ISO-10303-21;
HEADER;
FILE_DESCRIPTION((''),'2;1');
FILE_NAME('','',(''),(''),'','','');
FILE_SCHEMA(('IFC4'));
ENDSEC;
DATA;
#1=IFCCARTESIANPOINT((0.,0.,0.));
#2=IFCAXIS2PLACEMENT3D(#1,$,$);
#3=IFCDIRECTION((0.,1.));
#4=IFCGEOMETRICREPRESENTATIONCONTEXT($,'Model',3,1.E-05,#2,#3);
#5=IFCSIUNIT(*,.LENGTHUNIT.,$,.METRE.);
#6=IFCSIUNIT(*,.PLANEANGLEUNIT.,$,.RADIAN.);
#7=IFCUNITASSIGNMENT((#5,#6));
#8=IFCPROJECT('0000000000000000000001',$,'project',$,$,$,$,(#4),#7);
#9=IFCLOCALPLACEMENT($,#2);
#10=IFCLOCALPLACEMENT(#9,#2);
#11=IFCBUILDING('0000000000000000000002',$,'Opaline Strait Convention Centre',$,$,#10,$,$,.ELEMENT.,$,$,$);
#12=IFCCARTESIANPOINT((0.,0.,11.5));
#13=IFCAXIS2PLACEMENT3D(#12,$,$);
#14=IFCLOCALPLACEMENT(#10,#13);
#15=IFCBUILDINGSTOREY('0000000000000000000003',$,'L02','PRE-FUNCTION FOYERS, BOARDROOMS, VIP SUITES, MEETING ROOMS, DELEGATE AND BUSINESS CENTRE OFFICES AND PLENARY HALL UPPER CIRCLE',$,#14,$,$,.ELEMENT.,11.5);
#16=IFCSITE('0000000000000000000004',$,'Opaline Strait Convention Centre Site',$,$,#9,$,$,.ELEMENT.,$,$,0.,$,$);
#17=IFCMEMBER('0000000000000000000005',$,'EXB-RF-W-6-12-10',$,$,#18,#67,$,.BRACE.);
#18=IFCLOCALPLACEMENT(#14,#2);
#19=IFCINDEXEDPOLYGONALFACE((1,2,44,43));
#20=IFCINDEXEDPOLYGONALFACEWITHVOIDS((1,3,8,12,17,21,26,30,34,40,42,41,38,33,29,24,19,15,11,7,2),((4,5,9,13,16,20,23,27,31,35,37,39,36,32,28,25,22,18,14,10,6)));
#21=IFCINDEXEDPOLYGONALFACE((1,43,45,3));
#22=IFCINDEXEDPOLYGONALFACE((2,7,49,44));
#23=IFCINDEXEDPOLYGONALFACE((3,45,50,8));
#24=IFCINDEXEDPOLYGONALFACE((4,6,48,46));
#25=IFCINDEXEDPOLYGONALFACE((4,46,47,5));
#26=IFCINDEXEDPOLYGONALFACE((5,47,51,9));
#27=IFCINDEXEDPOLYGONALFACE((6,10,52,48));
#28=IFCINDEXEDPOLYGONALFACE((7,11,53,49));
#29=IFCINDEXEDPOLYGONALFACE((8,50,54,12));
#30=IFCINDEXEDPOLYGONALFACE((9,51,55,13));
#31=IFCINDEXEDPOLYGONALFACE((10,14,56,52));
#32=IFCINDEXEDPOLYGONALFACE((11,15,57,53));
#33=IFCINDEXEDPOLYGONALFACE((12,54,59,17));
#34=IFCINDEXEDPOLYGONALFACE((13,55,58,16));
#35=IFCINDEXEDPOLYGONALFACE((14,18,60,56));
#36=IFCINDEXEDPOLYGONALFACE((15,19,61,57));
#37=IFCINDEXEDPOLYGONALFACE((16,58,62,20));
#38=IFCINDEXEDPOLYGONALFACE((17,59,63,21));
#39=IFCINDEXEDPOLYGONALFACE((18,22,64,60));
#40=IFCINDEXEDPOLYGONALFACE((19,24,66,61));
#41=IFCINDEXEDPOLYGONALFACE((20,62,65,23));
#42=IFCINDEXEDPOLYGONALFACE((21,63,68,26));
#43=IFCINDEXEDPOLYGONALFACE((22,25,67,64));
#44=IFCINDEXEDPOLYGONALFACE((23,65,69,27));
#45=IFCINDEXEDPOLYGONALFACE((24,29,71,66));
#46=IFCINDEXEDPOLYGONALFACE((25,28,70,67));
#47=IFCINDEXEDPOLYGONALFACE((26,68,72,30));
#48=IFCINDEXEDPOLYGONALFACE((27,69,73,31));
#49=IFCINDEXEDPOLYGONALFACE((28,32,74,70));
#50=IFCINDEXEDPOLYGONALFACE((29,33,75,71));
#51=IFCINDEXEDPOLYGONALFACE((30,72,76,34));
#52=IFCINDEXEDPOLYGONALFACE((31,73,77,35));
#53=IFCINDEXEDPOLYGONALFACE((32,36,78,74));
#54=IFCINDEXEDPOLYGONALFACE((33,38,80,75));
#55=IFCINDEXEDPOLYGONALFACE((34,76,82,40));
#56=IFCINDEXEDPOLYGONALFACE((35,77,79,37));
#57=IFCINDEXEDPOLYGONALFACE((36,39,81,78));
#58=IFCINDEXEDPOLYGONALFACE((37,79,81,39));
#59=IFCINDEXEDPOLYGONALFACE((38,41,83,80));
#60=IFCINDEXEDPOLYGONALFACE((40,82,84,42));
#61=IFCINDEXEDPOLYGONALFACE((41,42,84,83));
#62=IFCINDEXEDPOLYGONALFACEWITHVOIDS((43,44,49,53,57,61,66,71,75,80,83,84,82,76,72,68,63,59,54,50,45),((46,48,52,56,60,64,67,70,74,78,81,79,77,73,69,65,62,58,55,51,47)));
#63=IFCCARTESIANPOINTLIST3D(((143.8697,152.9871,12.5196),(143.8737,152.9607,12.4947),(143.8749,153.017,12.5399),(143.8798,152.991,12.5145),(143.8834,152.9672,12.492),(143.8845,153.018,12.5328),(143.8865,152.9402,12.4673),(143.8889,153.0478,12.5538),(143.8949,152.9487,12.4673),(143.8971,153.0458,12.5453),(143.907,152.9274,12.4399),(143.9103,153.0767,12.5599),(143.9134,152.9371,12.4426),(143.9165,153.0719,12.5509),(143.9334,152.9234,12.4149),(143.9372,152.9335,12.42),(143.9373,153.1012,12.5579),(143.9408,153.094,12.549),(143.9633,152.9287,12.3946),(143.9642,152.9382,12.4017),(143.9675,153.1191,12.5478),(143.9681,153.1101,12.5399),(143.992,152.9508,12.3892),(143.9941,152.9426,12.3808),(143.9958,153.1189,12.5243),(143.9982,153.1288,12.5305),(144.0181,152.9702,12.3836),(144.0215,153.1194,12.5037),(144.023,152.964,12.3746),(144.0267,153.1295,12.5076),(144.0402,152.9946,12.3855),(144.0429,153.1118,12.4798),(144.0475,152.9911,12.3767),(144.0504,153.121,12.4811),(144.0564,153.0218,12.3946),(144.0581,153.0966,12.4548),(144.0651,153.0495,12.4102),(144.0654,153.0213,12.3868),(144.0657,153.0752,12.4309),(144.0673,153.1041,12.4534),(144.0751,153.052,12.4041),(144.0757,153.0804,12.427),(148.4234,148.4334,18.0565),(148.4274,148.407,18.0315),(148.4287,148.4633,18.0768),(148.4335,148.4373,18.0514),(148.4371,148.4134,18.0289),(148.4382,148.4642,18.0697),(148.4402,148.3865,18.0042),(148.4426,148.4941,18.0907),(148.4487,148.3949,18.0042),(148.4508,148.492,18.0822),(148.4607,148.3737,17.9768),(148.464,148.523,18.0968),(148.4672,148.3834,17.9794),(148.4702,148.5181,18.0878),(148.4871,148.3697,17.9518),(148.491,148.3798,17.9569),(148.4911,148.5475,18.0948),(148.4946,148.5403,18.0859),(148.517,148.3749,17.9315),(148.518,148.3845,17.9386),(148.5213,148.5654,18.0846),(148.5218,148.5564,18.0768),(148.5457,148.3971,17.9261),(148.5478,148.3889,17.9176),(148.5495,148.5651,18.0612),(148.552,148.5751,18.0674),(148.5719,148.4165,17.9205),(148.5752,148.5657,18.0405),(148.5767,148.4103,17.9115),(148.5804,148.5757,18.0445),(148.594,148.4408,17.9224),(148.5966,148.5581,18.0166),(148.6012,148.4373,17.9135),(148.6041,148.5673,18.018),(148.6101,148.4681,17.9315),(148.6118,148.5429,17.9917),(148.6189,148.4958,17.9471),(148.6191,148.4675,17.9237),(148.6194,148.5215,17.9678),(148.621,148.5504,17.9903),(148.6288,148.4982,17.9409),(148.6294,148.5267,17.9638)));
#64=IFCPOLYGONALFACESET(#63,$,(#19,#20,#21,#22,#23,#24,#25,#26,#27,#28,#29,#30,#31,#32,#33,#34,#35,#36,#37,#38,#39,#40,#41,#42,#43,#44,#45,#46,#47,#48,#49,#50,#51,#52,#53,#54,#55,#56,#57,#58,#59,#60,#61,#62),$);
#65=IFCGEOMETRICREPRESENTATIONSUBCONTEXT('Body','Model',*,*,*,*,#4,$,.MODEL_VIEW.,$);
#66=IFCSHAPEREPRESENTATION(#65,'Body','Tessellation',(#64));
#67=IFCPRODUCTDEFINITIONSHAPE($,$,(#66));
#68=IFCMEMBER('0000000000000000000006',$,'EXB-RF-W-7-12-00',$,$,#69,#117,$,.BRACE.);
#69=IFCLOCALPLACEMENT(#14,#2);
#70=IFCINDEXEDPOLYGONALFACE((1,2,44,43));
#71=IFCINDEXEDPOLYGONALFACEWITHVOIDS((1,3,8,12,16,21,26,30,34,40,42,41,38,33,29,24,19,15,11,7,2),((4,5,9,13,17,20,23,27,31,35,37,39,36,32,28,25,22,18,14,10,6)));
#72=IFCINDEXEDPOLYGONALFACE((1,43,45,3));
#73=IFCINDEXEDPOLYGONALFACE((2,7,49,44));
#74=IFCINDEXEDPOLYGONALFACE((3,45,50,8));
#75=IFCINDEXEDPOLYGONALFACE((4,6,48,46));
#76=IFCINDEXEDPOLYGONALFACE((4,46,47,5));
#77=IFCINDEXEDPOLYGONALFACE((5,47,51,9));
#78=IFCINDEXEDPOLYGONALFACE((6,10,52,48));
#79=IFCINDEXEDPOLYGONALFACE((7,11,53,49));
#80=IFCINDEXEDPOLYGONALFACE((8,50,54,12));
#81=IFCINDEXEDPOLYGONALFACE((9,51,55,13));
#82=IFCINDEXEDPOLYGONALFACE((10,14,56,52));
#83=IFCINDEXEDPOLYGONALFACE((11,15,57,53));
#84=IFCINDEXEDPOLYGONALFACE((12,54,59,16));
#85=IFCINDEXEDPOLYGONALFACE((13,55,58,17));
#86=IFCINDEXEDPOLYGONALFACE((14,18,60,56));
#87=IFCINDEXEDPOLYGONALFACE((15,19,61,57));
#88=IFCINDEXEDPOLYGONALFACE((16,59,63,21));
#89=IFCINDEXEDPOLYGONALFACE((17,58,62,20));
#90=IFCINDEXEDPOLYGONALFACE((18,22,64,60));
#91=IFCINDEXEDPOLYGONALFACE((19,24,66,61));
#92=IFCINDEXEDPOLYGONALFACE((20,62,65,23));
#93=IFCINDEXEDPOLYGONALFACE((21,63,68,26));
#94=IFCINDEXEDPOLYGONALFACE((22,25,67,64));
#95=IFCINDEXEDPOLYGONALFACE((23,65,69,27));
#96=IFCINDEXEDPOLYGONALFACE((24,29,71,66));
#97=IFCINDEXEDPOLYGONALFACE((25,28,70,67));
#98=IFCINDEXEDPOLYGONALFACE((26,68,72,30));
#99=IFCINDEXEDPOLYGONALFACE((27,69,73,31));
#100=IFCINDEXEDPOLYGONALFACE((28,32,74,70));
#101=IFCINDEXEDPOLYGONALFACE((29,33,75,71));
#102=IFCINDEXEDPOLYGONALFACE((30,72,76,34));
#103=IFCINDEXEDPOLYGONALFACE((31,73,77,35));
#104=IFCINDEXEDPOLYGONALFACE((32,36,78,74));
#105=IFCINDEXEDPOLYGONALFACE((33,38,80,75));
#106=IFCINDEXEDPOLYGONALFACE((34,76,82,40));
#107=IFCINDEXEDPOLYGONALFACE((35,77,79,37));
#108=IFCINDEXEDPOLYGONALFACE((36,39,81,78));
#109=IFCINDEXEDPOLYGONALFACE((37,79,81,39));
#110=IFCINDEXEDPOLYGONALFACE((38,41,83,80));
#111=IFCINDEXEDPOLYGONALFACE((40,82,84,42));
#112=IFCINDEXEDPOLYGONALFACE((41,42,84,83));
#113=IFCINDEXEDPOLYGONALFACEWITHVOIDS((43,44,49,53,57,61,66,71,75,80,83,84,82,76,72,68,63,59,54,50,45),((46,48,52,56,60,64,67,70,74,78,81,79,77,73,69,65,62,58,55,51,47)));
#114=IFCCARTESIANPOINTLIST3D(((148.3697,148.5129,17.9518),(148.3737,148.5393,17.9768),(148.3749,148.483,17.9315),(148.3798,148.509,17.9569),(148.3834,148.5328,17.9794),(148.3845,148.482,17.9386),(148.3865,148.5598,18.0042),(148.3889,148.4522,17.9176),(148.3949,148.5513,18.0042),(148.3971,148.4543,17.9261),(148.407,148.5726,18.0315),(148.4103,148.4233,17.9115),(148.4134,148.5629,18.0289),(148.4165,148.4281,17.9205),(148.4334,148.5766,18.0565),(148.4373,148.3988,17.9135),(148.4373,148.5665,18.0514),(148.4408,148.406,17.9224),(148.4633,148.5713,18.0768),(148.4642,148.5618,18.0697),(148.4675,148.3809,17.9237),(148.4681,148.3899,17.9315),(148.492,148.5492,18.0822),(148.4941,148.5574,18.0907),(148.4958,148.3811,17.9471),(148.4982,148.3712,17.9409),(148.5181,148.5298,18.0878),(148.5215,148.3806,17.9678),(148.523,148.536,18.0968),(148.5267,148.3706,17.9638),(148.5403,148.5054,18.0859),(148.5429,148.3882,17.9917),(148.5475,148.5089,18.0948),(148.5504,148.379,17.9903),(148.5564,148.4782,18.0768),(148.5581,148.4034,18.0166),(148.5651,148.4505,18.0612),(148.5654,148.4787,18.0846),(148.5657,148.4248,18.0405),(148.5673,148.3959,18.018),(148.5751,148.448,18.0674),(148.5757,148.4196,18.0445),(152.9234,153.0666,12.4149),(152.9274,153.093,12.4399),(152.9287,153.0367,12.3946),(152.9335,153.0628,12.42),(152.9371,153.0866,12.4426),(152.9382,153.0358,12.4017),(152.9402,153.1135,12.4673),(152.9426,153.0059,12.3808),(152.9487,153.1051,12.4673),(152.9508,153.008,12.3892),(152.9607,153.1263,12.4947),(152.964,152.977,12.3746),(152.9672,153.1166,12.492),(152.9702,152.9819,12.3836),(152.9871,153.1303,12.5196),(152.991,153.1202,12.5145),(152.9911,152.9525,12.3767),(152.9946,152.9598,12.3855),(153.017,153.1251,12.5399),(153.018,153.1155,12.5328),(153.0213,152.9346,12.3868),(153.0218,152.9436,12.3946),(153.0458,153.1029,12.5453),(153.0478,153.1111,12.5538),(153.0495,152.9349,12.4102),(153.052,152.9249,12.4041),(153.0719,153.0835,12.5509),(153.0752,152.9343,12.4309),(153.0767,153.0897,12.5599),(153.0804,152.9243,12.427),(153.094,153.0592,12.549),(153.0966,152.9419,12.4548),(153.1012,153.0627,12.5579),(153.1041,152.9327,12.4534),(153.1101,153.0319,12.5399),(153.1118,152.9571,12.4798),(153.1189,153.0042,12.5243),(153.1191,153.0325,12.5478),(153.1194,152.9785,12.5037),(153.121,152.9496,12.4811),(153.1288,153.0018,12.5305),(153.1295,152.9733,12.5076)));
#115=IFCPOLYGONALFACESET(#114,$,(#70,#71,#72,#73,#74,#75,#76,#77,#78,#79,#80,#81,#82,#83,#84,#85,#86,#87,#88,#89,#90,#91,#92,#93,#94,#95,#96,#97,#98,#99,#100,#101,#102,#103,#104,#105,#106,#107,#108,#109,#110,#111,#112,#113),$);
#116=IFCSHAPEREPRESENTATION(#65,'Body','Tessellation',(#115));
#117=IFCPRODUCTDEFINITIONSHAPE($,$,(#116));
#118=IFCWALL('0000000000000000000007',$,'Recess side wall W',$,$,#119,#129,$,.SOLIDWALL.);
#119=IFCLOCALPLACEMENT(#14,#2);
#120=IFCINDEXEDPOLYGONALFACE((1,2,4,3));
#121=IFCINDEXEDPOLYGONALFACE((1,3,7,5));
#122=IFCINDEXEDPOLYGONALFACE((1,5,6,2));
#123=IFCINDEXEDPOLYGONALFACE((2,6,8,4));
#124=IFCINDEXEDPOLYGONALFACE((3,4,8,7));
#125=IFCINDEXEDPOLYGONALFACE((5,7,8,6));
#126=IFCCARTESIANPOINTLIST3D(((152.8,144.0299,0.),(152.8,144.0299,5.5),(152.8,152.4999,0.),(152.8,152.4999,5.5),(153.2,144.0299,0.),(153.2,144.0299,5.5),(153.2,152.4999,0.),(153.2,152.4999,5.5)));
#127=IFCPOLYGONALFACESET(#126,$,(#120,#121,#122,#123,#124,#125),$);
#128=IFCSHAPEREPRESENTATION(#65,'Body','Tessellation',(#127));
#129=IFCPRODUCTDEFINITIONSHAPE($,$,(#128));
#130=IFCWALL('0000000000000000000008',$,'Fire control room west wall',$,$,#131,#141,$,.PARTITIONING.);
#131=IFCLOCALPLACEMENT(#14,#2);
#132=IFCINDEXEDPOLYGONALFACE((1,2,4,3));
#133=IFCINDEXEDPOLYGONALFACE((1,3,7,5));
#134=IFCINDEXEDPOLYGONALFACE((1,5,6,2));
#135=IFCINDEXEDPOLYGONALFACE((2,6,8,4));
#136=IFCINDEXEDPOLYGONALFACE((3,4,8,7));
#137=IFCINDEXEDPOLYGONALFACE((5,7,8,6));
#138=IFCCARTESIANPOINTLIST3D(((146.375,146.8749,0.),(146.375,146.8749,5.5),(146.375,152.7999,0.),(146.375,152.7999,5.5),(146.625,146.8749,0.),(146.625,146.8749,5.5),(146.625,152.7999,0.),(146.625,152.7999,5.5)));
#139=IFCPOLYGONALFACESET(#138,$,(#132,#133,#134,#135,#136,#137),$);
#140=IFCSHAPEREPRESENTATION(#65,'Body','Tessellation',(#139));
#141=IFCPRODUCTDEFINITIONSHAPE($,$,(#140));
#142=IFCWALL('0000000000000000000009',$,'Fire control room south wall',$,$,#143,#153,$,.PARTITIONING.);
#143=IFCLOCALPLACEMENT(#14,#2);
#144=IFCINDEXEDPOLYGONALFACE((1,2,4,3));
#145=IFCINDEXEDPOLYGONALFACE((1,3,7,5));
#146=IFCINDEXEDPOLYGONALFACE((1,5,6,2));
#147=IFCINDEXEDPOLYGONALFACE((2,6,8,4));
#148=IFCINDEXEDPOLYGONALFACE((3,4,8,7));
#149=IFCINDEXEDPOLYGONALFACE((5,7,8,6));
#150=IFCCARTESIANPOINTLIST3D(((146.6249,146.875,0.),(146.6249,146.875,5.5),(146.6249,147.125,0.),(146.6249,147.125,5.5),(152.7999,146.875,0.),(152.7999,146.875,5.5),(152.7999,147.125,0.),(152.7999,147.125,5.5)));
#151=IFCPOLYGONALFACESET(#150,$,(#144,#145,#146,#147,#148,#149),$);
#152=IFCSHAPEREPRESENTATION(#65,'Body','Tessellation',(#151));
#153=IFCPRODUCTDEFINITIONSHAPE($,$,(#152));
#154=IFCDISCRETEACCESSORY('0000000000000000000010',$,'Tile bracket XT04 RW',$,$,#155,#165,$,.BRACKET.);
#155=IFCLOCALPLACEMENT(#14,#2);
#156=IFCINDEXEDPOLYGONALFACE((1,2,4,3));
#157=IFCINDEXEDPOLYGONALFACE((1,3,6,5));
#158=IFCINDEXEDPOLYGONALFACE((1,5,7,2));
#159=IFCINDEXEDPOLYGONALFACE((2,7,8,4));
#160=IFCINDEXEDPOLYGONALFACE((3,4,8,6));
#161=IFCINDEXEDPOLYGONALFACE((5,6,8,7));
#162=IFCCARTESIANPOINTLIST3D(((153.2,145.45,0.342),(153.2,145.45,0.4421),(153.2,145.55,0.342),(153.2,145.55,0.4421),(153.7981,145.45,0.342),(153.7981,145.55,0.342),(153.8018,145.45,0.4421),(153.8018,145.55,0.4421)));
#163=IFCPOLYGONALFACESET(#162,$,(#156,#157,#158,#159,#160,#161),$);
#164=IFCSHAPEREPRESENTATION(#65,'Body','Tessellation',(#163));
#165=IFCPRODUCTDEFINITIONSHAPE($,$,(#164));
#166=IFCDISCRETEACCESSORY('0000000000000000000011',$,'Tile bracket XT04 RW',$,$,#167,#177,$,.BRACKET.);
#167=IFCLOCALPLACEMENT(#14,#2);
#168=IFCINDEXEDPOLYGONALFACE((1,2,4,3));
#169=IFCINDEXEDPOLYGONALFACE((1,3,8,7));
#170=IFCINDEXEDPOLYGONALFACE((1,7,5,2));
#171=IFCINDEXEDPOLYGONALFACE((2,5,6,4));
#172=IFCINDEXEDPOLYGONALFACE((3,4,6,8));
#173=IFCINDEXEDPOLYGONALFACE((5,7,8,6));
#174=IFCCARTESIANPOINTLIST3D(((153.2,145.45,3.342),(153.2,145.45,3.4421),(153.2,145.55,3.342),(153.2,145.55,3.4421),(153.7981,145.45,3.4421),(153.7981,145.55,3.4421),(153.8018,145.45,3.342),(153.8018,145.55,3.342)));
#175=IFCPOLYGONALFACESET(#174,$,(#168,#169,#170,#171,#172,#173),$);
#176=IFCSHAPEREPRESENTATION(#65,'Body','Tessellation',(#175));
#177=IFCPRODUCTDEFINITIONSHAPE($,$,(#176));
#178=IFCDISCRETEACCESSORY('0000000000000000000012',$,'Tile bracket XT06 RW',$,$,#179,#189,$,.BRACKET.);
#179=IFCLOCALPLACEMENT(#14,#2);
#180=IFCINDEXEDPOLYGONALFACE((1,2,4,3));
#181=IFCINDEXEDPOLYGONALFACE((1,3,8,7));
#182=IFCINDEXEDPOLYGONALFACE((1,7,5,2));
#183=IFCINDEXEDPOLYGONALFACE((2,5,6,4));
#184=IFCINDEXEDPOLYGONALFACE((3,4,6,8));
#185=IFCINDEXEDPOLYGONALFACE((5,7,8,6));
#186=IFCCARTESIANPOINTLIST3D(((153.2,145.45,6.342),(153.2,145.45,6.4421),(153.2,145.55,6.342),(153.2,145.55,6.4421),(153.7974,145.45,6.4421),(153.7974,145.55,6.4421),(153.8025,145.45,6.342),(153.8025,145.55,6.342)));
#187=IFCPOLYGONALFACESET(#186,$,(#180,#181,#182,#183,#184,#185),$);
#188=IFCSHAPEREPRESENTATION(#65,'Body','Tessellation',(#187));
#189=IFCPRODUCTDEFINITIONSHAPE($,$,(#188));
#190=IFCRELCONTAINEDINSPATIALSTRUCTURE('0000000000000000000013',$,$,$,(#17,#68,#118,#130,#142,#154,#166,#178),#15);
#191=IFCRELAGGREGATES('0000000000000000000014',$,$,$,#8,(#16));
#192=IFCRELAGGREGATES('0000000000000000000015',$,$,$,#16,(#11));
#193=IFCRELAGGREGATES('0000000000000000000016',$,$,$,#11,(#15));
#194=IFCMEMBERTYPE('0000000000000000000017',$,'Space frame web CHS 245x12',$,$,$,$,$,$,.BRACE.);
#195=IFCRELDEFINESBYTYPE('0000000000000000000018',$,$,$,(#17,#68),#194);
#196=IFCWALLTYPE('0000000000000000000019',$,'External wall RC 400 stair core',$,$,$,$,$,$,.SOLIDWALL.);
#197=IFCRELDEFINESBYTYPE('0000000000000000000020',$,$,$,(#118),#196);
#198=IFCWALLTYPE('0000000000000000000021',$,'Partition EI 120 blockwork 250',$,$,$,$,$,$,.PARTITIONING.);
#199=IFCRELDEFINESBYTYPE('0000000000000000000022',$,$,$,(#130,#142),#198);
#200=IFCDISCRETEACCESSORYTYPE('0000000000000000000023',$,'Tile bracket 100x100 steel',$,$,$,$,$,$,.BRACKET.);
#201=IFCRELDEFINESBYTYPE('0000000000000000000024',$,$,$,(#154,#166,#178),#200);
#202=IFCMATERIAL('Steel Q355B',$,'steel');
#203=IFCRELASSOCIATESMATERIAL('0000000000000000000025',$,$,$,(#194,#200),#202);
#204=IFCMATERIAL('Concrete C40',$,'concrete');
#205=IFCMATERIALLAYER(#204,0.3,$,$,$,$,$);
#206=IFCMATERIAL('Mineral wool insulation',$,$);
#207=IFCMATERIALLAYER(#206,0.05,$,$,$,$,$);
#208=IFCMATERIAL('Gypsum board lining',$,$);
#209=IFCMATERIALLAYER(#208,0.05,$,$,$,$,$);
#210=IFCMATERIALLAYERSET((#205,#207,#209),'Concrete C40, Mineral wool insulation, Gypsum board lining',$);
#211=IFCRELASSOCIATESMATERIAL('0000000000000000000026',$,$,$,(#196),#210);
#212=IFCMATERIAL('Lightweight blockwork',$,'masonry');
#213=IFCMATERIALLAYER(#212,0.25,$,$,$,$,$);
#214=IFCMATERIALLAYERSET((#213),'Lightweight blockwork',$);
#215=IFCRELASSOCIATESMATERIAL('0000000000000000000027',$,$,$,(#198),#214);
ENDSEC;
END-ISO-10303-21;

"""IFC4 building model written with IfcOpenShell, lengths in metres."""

from ifc_helpers import new_model, si_unit, direction, frame, frame_2d, origin, origin_2d, place, context, subcontext, project, spatial, polyline, rectangle, hollow_circle, outline, extrude, material, layer, layer_set, material_profile, profile_set, type_object, element, save


model = new_model("IFC4")

# Units and contexts
model_context = context("Model", 3, precision=1e-05, world=origin(), true_north=direction((0.0, 1.0)))
body_context = subcontext(model_context, "Body", "Model", "MODEL_VIEW")
ifc_project = project(units=[si_unit("LENGTHUNIT", "METRE"), si_unit("PLANEANGLEUNIT", "RADIAN")], contexts=[model_context])

# Site, building, storey
site_placement = place(None, origin())
site = spatial("IfcSite", under=ifc_project, at=site_placement, Name="Opaline Strait Convention Centre Site", CompositionType="ELEMENT", RefElevation=0.0)
building_placement = place(site_placement, origin())
building = spatial("IfcBuilding", under=site, at=building_placement, Name="Opaline Strait Convention Centre", CompositionType="ELEMENT")
storey_placement = place(building_placement, frame((0.0, 0.0, 11.5)))
storey = spatial("IfcBuildingStorey", under=building, at=storey_placement, Name="L02", Description="PRE-FUNCTION FOYERS, BOARDROOMS, VIP SUITES, MEETING ROOMS, DELEGATE AND BUSINESS CENTRE OFFICES AND PLENARY HALL UPPER CIRCLE", CompositionType="ELEMENT", Elevation=11.5)

# Members
ifc_material_1 = material(Name="Steel Q355B", Category="steel")
ifc_material_profile_1 = material_profile(ifc_material_1, hollow_circle(Radius=0.1226, WallThickness=0.012, at=origin_2d()), Name="CHS 245x12")
ifc_profile_set_1 = profile_set([ifc_material_profile_1], Name="Steel Q355B")
member_type_1 = type_object("IfcMemberType", Name="Space frame web CHS 245x12", PredefinedType="BRACE", material=ifc_profile_set_1)
for number, where, z_axis, x_axis, name in (
    (1, (148.5269, 148.4731, 18.0042), (-0.536178, 0.536178, -0.65194), (-0.707107, -0.707107, 0.0), "EXB-RF-W-6-12-10"),
    (2, (148.4731, 148.4731, 18.0042), (0.536178, 0.536178, -0.65194), (-0.707107, 0.707107, 0.0), "EXB-RF-W-7-12-00"),
):
    element("IfcMember", number, at=place(storey_placement, frame(where, z_axis=z_axis, x_axis=x_axis)), inside=storey, type_object=member_type_1, Name=name, PredefinedType="BRACE", context=body_context, shape_type="SweptSolid", body=[
        extrude(hollow_circle(Radius=0.1226, WallThickness=0.012, at=origin_2d()), origin(), (0.0, 0.0, 1.0), 8.4929),
    ])

# Walls
ifc_material_2 = material(Name="Concrete C40", Category="concrete")
ifc_layer_1 = layer(ifc_material_2, 0.3)
ifc_material_3 = material(Name="Mineral wool insulation")
ifc_layer_2 = layer(ifc_material_3, 0.05)
ifc_material_4 = material(Name="Gypsum board lining")
ifc_layer_3 = layer(ifc_material_4, 0.05)
ifc_layer_set_1 = layer_set([ifc_layer_1, ifc_layer_2, ifc_layer_3], Name="Concrete C40, Mineral wool insulation, Gypsum board lining")
wall_type_1 = type_object("IfcWallType", Name="External wall RC 400 stair core", PredefinedType="SOLIDWALL", material=ifc_layer_set_1)
wall_1_placement = place(storey_placement, frame((153.0, 144.03, 0.0), z_axis=(0.0, 0.0, 1.0), x_axis=(0.0, 1.0, 0.0)))
element("IfcWall", 3, at=wall_1_placement, inside=storey, type_object=wall_type_1, Name="Recess side wall W", PredefinedType="SOLIDWALL", context=body_context, shape_type="SweptSolid", body=[
    extrude(rectangle(XDim=8.47, YDim=0.3999, at=frame_2d((4.2349, 0.0))), origin(), (0.0, 0.0, 1.0), 5.5),
])
ifc_material_5 = material(Name="Lightweight blockwork", Category="masonry")
ifc_layer_4 = layer(ifc_material_5, 0.25)
ifc_layer_set_2 = layer_set([ifc_layer_4], Name="Lightweight blockwork")
wall_type_2 = type_object("IfcWallType", Name="Partition EI 120 blockwork 250", PredefinedType="PARTITIONING", material=ifc_layer_set_2)
wall_2_placement = place(storey_placement, frame((146.5, 146.875, 0.0), z_axis=(0.0, 0.0, 1.0), x_axis=(0.0, 1.0, 0.0)))
element("IfcWall", 4, at=wall_2_placement, inside=storey, type_object=wall_type_2, Name="Fire control room west wall", PredefinedType="PARTITIONING", context=body_context, shape_type="SweptSolid", body=[
    extrude(rectangle(XDim=5.925, YDim=0.25, at=frame_2d((2.9624, 0.0))), origin(), (0.0, 0.0, 1.0), 5.5),
])
wall_3_placement = place(storey_placement, frame((146.625, 147.0, 0.0), z_axis=(0.0, 0.0, 1.0), x_axis=(1.0, 0.0, 0.0)))
element("IfcWall", 5, at=wall_3_placement, inside=storey, type_object=wall_type_2, Name="Fire control room south wall", PredefinedType="PARTITIONING", context=body_context, shape_type="SweptSolid", body=[
    extrude(rectangle(XDim=6.175, YDim=0.25, at=frame_2d((3.0874, 0.0))), origin(), (0.0, 0.0, 1.0), 5.5),
])

# Discrete accessories
discrete_accessory_type = type_object("IfcDiscreteAccessoryType", Name="Tile bracket 100x100 steel", PredefinedType="BRACKET", material=ifc_material_1)
discrete_accessory_1_placement = place(storey_placement, frame((153.2, 145.45, 0.3921), z_axis=(0.0, 1.0, 0.0), x_axis=(-1.0, 0.0, 0.0)))
element("IfcDiscreteAccessory", 6, at=discrete_accessory_1_placement, inside=storey, type_object=discrete_accessory_type, Name="Tile bracket XT04 RW", PredefinedType="BRACKET", context=body_context, shape_type="SweptSolid", body=[
    extrude(outline(polyline([(0.0, -0.05), (0.0, 0.05), (-0.6018, 0.05), (-0.5981, -0.05), (0.0, -0.05)])), origin(), (0.0, 0.0, 1.0), 0.1001),
])
discrete_accessory_2_placement = place(storey_placement, frame((153.2, 145.45, 3.3921), z_axis=(0.0, 1.0, 0.0), x_axis=(-1.0, 0.0, 0.0)))
element("IfcDiscreteAccessory", 7, at=discrete_accessory_2_placement, inside=storey, type_object=discrete_accessory_type, Name="Tile bracket XT04 RW", PredefinedType="BRACKET", context=body_context, shape_type="SweptSolid", body=[
    extrude(outline(polyline([(0.0, -0.05), (0.0, 0.05), (-0.5981, 0.05), (-0.6018, -0.05), (0.0, -0.05)])), origin(), (0.0, 0.0, 1.0), 0.1001),
])
discrete_accessory_3_placement = place(storey_placement, frame((153.2, 145.45, 6.3921), z_axis=(0.0, 1.0, 0.0), x_axis=(-1.0, 0.0, 0.0)))
element("IfcDiscreteAccessory", 8, at=discrete_accessory_3_placement, inside=storey, type_object=discrete_accessory_type, Name="Tile bracket XT06 RW", PredefinedType="BRACKET", context=body_context, shape_type="SweptSolid", body=[
    extrude(outline(polyline([(0.0, -0.05), (0.0, 0.05), (-0.5974, 0.05), (-0.6025, -0.05), (0.0, -0.05)])), origin(), (0.0, 0.0, 1.0), 0.1001),
])

save(model, "model.ifc")
